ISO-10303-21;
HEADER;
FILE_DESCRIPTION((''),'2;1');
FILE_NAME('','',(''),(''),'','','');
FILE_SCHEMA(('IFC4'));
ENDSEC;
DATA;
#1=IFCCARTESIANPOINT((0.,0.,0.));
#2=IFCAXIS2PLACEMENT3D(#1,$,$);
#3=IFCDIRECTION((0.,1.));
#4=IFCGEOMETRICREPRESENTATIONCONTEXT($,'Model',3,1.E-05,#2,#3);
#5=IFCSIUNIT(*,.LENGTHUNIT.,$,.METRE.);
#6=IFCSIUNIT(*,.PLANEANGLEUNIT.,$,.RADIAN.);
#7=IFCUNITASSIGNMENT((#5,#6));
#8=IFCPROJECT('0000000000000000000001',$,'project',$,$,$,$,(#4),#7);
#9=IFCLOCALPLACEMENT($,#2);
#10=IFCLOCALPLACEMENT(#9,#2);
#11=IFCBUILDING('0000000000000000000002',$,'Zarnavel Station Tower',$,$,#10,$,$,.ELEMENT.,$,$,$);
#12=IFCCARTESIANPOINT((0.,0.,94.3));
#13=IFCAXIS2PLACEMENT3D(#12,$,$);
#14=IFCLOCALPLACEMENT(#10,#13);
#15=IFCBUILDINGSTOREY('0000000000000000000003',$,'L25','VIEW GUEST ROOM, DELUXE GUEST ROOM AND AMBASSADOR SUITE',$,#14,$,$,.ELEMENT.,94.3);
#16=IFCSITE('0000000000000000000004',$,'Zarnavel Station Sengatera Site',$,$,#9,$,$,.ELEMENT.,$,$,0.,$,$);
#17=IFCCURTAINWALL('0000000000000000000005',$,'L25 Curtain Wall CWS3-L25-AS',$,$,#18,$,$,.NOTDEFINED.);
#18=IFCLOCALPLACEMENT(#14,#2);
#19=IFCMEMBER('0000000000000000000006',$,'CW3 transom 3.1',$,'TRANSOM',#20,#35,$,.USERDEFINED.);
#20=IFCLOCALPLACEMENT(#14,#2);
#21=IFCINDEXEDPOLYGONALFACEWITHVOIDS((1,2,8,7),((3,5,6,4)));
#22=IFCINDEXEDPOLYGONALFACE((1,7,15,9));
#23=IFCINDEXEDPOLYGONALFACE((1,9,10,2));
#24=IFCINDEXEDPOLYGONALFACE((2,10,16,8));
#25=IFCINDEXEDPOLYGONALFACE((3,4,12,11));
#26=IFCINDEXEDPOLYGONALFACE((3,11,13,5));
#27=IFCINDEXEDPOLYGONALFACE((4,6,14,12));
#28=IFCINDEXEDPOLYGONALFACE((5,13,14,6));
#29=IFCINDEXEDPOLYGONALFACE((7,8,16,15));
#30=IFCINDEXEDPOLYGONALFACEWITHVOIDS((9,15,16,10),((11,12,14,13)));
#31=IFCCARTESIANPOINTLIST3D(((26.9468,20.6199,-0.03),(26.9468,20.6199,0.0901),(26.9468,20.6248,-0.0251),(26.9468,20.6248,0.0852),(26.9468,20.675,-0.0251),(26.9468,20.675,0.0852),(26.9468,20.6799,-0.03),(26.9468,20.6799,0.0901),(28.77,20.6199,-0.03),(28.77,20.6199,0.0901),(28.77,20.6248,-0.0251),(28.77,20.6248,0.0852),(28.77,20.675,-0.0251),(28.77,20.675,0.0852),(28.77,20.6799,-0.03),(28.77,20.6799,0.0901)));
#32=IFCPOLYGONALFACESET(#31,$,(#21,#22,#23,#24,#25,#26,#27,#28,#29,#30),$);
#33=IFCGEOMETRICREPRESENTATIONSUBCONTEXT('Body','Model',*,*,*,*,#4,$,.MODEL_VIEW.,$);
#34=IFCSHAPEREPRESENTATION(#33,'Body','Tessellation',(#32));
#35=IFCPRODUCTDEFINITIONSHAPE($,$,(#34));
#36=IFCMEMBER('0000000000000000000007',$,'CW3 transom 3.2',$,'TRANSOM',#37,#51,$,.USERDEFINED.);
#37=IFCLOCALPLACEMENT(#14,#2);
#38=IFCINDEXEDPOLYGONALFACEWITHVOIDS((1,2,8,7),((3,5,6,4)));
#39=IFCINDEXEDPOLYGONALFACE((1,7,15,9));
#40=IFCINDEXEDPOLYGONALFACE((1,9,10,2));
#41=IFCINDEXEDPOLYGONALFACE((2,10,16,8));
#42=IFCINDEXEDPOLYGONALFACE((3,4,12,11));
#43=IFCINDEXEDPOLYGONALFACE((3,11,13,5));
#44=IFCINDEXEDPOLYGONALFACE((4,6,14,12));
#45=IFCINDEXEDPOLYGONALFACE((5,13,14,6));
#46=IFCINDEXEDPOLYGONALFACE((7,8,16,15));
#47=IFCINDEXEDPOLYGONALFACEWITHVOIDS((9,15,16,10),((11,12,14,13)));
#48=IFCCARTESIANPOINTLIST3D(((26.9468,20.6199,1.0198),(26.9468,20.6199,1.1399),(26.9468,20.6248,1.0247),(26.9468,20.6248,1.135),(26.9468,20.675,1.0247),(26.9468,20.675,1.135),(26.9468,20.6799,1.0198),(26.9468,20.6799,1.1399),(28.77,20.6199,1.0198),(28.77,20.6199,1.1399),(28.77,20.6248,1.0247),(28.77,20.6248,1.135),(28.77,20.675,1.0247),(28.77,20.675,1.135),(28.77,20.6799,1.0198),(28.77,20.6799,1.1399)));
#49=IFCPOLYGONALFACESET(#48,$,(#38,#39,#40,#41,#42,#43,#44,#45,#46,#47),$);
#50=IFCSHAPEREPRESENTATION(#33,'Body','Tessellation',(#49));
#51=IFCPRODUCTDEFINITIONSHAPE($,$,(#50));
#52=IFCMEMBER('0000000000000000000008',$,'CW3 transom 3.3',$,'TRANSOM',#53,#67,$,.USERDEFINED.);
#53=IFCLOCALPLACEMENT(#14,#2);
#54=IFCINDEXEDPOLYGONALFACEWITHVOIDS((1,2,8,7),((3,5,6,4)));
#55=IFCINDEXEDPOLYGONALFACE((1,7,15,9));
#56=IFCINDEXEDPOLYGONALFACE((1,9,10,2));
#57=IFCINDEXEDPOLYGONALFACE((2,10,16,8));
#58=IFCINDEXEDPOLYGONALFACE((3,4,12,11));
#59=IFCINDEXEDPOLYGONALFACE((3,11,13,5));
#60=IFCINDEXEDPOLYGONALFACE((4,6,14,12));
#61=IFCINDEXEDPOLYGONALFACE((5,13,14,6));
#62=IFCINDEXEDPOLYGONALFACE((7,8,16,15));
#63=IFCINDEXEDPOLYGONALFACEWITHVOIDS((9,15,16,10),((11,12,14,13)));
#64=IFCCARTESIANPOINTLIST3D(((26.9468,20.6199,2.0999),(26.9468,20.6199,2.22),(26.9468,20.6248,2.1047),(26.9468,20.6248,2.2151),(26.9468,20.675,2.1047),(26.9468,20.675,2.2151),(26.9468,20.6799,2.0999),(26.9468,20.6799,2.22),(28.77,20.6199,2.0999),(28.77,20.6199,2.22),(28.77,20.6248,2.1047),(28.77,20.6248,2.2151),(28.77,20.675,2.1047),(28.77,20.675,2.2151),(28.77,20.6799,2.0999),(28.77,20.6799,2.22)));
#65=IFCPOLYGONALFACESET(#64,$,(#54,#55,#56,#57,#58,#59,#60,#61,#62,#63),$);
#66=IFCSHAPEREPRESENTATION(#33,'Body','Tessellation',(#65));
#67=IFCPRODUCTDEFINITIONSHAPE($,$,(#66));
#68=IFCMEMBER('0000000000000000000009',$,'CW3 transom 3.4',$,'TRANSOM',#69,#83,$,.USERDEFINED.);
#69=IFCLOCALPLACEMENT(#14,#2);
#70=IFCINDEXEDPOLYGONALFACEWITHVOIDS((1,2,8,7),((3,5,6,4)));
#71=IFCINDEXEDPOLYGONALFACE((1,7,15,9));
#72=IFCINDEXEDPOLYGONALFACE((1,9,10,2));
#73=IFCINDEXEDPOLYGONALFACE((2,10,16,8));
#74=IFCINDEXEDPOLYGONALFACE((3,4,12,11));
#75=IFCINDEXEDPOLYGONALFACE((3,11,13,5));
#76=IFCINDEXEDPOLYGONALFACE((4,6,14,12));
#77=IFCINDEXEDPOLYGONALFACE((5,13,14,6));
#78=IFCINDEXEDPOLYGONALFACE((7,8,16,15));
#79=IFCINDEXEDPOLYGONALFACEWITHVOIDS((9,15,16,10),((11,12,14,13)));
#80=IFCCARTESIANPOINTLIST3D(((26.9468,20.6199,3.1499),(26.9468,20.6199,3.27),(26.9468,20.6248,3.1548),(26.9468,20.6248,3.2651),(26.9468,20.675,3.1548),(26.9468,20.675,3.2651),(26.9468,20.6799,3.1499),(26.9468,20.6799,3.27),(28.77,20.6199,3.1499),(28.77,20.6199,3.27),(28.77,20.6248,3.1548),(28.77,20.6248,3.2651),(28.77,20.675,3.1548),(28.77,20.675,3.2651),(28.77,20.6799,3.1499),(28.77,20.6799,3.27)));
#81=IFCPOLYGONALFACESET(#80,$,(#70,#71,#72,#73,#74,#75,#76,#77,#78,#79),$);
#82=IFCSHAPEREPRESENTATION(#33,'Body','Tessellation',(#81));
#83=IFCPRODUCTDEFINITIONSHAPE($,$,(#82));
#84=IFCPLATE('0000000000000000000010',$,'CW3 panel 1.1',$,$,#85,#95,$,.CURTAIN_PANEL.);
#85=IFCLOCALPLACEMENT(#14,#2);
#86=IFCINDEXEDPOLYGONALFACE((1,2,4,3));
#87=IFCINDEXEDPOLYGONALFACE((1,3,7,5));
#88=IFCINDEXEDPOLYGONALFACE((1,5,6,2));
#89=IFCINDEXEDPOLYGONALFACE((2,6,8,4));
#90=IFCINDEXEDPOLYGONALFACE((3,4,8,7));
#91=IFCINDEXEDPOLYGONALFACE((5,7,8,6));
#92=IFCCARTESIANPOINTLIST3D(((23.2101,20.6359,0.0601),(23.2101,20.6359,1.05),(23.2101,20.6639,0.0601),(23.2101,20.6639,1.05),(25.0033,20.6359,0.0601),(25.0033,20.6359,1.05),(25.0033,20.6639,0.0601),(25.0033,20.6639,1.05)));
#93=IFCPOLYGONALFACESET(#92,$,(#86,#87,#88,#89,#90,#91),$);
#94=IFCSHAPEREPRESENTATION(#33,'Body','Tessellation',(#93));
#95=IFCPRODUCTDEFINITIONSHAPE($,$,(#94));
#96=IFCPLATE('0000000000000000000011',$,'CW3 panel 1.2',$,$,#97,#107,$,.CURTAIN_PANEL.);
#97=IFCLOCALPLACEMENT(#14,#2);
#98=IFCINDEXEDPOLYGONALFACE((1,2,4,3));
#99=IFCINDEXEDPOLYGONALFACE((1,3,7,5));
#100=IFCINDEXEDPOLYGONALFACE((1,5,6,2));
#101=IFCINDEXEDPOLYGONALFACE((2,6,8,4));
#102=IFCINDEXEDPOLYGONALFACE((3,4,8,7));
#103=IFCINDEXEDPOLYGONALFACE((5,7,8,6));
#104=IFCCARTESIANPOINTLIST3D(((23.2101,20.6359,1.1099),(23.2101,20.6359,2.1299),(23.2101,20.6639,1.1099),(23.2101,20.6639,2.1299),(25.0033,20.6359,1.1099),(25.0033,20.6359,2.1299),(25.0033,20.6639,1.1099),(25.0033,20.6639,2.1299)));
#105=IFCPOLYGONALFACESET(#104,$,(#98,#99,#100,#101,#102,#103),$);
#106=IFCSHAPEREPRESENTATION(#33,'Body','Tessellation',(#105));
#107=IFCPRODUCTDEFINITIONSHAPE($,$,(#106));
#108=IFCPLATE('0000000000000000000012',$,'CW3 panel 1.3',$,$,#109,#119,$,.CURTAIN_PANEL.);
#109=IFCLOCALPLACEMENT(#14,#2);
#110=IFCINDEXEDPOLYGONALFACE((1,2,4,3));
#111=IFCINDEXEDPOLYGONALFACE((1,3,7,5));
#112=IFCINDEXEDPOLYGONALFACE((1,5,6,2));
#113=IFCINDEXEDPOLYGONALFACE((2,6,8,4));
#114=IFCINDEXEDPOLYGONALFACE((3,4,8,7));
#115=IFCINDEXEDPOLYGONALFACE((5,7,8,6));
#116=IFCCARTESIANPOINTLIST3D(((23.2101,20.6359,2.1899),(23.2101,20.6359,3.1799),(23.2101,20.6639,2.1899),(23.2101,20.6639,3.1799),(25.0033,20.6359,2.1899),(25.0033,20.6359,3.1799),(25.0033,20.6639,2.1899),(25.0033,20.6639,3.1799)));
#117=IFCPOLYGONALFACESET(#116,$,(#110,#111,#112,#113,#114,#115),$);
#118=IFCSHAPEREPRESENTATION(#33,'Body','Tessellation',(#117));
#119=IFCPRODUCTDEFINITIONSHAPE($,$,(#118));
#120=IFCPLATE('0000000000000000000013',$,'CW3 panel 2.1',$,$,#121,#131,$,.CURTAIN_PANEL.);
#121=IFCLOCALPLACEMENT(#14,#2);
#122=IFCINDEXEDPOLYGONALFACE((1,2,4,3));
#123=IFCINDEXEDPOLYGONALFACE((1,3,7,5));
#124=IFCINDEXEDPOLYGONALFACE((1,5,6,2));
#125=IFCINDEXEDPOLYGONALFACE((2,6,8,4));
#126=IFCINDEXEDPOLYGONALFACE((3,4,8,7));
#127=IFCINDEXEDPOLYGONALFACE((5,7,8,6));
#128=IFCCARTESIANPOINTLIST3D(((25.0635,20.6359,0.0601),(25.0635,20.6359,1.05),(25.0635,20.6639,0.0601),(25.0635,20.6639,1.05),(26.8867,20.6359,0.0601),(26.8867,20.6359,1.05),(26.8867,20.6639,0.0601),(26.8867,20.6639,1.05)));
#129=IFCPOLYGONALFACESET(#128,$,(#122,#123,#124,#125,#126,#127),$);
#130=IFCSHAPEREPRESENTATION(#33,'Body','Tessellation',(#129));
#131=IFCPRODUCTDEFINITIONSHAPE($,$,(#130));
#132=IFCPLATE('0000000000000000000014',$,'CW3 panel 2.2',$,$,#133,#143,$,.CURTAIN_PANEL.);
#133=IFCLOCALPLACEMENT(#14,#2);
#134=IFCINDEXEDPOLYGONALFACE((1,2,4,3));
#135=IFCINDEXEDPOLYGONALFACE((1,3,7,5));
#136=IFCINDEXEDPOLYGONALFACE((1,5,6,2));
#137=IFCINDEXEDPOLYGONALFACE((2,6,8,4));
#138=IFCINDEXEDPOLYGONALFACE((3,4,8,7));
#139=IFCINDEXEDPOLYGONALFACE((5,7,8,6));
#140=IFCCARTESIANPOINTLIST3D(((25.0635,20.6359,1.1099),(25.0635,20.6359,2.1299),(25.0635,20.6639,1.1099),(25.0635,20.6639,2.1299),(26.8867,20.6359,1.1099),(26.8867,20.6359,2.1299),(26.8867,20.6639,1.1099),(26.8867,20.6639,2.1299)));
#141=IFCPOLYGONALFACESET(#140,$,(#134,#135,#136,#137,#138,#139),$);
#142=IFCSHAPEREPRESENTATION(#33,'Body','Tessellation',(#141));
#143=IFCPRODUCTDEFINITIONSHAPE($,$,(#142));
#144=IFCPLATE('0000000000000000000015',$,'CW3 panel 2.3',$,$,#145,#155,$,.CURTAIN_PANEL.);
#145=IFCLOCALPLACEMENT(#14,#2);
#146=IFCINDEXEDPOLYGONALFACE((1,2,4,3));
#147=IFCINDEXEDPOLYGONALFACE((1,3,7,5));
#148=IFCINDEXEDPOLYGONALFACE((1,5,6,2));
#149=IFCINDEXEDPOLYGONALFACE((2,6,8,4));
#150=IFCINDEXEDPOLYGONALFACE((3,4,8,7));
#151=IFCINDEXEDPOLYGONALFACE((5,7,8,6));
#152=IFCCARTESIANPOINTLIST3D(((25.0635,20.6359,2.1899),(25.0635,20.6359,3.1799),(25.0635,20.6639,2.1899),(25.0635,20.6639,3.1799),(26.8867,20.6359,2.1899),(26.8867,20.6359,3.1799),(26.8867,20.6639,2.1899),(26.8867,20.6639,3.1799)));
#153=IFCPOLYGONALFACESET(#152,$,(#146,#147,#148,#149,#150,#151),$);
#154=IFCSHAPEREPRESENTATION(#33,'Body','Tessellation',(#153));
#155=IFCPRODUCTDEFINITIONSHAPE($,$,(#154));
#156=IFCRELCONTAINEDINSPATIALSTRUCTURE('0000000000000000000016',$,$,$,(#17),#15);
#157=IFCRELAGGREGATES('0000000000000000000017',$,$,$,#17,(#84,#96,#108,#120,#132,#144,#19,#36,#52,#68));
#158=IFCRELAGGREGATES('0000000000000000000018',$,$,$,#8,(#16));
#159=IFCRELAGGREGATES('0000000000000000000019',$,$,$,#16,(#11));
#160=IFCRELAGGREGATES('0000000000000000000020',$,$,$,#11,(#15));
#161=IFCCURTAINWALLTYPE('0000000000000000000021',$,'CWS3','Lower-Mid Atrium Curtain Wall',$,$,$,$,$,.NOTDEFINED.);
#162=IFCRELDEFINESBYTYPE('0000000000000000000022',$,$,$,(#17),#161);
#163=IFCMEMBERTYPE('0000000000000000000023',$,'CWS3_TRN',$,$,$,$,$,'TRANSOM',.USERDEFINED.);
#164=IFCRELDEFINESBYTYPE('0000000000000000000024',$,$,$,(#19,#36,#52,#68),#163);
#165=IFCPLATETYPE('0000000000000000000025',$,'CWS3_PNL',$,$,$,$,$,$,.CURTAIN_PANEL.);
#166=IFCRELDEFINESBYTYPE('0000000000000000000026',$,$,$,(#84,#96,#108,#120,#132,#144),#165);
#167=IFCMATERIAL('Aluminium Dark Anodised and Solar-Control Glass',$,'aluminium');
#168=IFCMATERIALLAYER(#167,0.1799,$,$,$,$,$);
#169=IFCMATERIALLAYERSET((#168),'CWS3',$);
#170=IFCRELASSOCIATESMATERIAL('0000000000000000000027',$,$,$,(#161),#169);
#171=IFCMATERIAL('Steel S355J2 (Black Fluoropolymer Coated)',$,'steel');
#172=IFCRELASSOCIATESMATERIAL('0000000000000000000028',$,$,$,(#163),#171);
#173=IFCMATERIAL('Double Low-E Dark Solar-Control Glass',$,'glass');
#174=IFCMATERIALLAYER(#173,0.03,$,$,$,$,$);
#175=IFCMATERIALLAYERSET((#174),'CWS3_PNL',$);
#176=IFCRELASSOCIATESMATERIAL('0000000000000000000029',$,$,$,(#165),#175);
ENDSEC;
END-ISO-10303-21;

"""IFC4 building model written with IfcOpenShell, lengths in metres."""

from ifc_helpers import new_model, si_unit, direction, frame, origin, origin_2d, place, context, subcontext, project, spatial, rectangle, hollow_rectangle, extrude, material, layer, layer_set, material_profile, profile_set, type_object, element, aggregate, save


model = new_model("IFC4")

# Units and contexts
model_context = context("Model", 3, precision=1e-05, world=origin(), true_north=direction((0.0, 1.0)))
body_context = subcontext(model_context, "Body", "Model", "MODEL_VIEW")
ifc_project = project(units=[si_unit("LENGTHUNIT", "METRE"), si_unit("PLANEANGLEUNIT", "RADIAN")], contexts=[model_context])

# Site, building, storey
site_placement = place(None, origin())
site = spatial("IfcSite", under=ifc_project, at=site_placement, Name="Zarnavel Station Sengatera Site", CompositionType="ELEMENT", RefElevation=0.0)
building_placement = place(site_placement, origin())
building = spatial("IfcBuilding", under=site, at=building_placement, Name="Zarnavel Station Tower", CompositionType="ELEMENT")
storey_placement = place(building_placement, frame((0.0, 0.0, 94.3)))
storey = spatial("IfcBuildingStorey", under=building, at=storey_placement, Name="L25", Description="VIEW GUEST ROOM, DELUXE GUEST ROOM AND AMBASSADOR SUITE", CompositionType="ELEMENT", Elevation=94.3)

# Curtain wall, members, plates
ifc_material_1 = material(Name="Aluminium Dark Anodised and Solar-Control Glass", Category="aluminium")
ifc_layer_1 = layer(ifc_material_1, 0.1799)
ifc_layer_set_1 = layer_set([ifc_layer_1], Name="CWS3")
curtain_wall_type = type_object("IfcCurtainWallType", Name="CWS3", Description="Lower-Mid Atrium Curtain Wall", PredefinedType="NOTDEFINED", material=ifc_layer_set_1)
curtain_wall_placement = place(storey_placement, origin())
curtain_wall = element("IfcCurtainWall", 1, at=curtain_wall_placement, inside=storey, type_object=curtain_wall_type, Name="L25 Curtain Wall CWS3-L25-AS", PredefinedType="NOTDEFINED")
ifc_material_2 = material(Name="Steel S355J2 (Black Fluoropolymer Coated)", Category="steel")
ifc_material_profile_1 = material_profile(ifc_material_2, hollow_rectangle(XDim=0.0601, YDim=0.1201, WallThickness=0.0049, at=origin_2d()), Name="RHS120x60x5")
ifc_profile_set_1 = profile_set([ifc_material_profile_1], Name="Steel S355J2 (Black Fluoropolymer Coated)")
member_type_1 = type_object("IfcMemberType", Name="CWS3_TRN", ElementType="TRANSOM", PredefinedType="USERDEFINED", material=ifc_profile_set_1)
member_1_placement = place(storey_placement, frame((26.9468, 20.6499, 0.03), z_axis=(1.0, 0.0, 0.0), x_axis=(0.0, 1.0, 0.0)))
member_1 = element("IfcMember", 2, at=member_1_placement, type_object=member_type_1, Name="CW3 transom 3.1", ObjectType="TRANSOM", PredefinedType="USERDEFINED", context=body_context, shape_type="SweptSolid", body=[
    extrude(hollow_rectangle(XDim=0.0601, YDim=0.1201, WallThickness=0.0049, at=origin_2d()), origin(), (0.0, 0.0, 1.0), 1.8232),
])
member_2_placement = place(storey_placement, frame((26.9468, 20.6499, 1.0798), z_axis=(1.0, 0.0, 0.0), x_axis=(0.0, 1.0, 0.0)))
member_2 = element("IfcMember", 3, at=member_2_placement, type_object=member_type_1, Name="CW3 transom 3.2", ObjectType="TRANSOM", PredefinedType="USERDEFINED", context=body_context, shape_type="SweptSolid", body=[
    extrude(hollow_rectangle(XDim=0.0601, YDim=0.1201, WallThickness=0.0049, at=origin_2d()), origin(), (0.0, 0.0, 1.0), 1.8232),
])
member_3_placement = place(storey_placement, frame((26.9468, 20.6499, 2.1599), z_axis=(1.0, 0.0, 0.0), x_axis=(0.0, 1.0, 0.0)))
member_3 = element("IfcMember", 4, at=member_3_placement, type_object=member_type_1, Name="CW3 transom 3.3", ObjectType="TRANSOM", PredefinedType="USERDEFINED", context=body_context, shape_type="SweptSolid", body=[
    extrude(hollow_rectangle(XDim=0.0601, YDim=0.1201, WallThickness=0.0049, at=origin_2d()), origin(), (0.0, 0.0, 1.0), 1.8232),
])
member_4_placement = place(storey_placement, frame((26.9468, 20.6499, 3.21), z_axis=(1.0, 0.0, 0.0), x_axis=(0.0, 1.0, 0.0)))
member_4 = element("IfcMember", 5, at=member_4_placement, type_object=member_type_1, Name="CW3 transom 3.4", ObjectType="TRANSOM", PredefinedType="USERDEFINED", context=body_context, shape_type="SweptSolid", body=[
    extrude(hollow_rectangle(XDim=0.0601, YDim=0.1201, WallThickness=0.0049, at=origin_2d()), origin(), (0.0, 0.0, 1.0), 1.8232),
])
ifc_material_3 = material(Name="Double Low-E Dark Solar-Control Glass", Category="glass")
ifc_layer_2 = layer(ifc_material_3, 0.03)
ifc_layer_set_2 = layer_set([ifc_layer_2], Name="CWS3_PNL")
plate_type = type_object("IfcPlateType", Name="CWS3_PNL", PredefinedType="CURTAIN_PANEL", material=ifc_layer_set_2)
plate_1_placement = place(storey_placement, frame((24.1067, 20.6499, 0.0601), z_axis=(0.0, 0.0, 1.0), x_axis=(1.0, 0.0, 0.0)))
plate_1 = element("IfcPlate", 6, at=plate_1_placement, type_object=plate_type, Name="CW3 panel 1.1", PredefinedType="CURTAIN_PANEL", context=body_context, shape_type="SweptSolid", body=[
    extrude(rectangle(XDim=1.7932, YDim=0.0281, at=origin_2d()), origin(), (0.0, 0.0, 1.0), 0.99),
])
plate_2_placement = place(storey_placement, frame((24.1067, 20.6499, 1.1099), z_axis=(0.0, 0.0, 1.0), x_axis=(1.0, 0.0, 0.0)))
plate_2 = element("IfcPlate", 7, at=plate_2_placement, type_object=plate_type, Name="CW3 panel 1.2", PredefinedType="CURTAIN_PANEL", context=body_context, shape_type="SweptSolid", body=[
    extrude(rectangle(XDim=1.7932, YDim=0.0281, at=origin_2d()), origin(), (0.0, 0.0, 1.0), 1.02),
])
plate_3_placement = place(storey_placement, frame((24.1067, 20.6499, 2.1899), z_axis=(0.0, 0.0, 1.0), x_axis=(1.0, 0.0, 0.0)))
plate_3 = element("IfcPlate", 8, at=plate_3_placement, type_object=plate_type, Name="CW3 panel 1.3", PredefinedType="CURTAIN_PANEL", context=body_context, shape_type="SweptSolid", body=[
    extrude(rectangle(XDim=1.7932, YDim=0.0281, at=origin_2d()), origin(), (0.0, 0.0, 1.0), 0.99),
])
plate_4_placement = place(storey_placement, frame((25.9751, 20.6499, 0.0601), z_axis=(0.0, 0.0, 1.0), x_axis=(1.0, 0.0, 0.0)))
plate_4 = element("IfcPlate", 9, at=plate_4_placement, type_object=plate_type, Name="CW3 panel 2.1", PredefinedType="CURTAIN_PANEL", context=body_context, shape_type="SweptSolid", body=[
    extrude(rectangle(XDim=1.8232, YDim=0.0281, at=origin_2d()), origin(), (0.0, 0.0, 1.0), 0.99),
])
plate_5_placement = place(storey_placement, frame((25.9751, 20.6499, 1.1099), z_axis=(0.0, 0.0, 1.0), x_axis=(1.0, 0.0, 0.0)))
plate_5 = element("IfcPlate", 10, at=plate_5_placement, type_object=plate_type, Name="CW3 panel 2.2", PredefinedType="CURTAIN_PANEL", context=body_context, shape_type="SweptSolid", body=[
    extrude(rectangle(XDim=1.8232, YDim=0.0281, at=origin_2d()), origin(), (0.0, 0.0, 1.0), 1.02),
])
plate_6_placement = place(storey_placement, frame((25.9751, 20.6499, 2.1899), z_axis=(0.0, 0.0, 1.0), x_axis=(1.0, 0.0, 0.0)))
plate_6 = element("IfcPlate", 11, at=plate_6_placement, type_object=plate_type, Name="CW3 panel 2.3", PredefinedType="CURTAIN_PANEL", context=body_context, shape_type="SweptSolid", body=[
    extrude(rectangle(XDim=1.8232, YDim=0.0281, at=origin_2d()), origin(), (0.0, 0.0, 1.0), 0.99),
])
aggregate(curtain_wall, [plate_1, plate_2, plate_3, plate_4, plate_5, plate_6, member_1, member_2, member_3, member_4])

save(model, "model.ifc")
